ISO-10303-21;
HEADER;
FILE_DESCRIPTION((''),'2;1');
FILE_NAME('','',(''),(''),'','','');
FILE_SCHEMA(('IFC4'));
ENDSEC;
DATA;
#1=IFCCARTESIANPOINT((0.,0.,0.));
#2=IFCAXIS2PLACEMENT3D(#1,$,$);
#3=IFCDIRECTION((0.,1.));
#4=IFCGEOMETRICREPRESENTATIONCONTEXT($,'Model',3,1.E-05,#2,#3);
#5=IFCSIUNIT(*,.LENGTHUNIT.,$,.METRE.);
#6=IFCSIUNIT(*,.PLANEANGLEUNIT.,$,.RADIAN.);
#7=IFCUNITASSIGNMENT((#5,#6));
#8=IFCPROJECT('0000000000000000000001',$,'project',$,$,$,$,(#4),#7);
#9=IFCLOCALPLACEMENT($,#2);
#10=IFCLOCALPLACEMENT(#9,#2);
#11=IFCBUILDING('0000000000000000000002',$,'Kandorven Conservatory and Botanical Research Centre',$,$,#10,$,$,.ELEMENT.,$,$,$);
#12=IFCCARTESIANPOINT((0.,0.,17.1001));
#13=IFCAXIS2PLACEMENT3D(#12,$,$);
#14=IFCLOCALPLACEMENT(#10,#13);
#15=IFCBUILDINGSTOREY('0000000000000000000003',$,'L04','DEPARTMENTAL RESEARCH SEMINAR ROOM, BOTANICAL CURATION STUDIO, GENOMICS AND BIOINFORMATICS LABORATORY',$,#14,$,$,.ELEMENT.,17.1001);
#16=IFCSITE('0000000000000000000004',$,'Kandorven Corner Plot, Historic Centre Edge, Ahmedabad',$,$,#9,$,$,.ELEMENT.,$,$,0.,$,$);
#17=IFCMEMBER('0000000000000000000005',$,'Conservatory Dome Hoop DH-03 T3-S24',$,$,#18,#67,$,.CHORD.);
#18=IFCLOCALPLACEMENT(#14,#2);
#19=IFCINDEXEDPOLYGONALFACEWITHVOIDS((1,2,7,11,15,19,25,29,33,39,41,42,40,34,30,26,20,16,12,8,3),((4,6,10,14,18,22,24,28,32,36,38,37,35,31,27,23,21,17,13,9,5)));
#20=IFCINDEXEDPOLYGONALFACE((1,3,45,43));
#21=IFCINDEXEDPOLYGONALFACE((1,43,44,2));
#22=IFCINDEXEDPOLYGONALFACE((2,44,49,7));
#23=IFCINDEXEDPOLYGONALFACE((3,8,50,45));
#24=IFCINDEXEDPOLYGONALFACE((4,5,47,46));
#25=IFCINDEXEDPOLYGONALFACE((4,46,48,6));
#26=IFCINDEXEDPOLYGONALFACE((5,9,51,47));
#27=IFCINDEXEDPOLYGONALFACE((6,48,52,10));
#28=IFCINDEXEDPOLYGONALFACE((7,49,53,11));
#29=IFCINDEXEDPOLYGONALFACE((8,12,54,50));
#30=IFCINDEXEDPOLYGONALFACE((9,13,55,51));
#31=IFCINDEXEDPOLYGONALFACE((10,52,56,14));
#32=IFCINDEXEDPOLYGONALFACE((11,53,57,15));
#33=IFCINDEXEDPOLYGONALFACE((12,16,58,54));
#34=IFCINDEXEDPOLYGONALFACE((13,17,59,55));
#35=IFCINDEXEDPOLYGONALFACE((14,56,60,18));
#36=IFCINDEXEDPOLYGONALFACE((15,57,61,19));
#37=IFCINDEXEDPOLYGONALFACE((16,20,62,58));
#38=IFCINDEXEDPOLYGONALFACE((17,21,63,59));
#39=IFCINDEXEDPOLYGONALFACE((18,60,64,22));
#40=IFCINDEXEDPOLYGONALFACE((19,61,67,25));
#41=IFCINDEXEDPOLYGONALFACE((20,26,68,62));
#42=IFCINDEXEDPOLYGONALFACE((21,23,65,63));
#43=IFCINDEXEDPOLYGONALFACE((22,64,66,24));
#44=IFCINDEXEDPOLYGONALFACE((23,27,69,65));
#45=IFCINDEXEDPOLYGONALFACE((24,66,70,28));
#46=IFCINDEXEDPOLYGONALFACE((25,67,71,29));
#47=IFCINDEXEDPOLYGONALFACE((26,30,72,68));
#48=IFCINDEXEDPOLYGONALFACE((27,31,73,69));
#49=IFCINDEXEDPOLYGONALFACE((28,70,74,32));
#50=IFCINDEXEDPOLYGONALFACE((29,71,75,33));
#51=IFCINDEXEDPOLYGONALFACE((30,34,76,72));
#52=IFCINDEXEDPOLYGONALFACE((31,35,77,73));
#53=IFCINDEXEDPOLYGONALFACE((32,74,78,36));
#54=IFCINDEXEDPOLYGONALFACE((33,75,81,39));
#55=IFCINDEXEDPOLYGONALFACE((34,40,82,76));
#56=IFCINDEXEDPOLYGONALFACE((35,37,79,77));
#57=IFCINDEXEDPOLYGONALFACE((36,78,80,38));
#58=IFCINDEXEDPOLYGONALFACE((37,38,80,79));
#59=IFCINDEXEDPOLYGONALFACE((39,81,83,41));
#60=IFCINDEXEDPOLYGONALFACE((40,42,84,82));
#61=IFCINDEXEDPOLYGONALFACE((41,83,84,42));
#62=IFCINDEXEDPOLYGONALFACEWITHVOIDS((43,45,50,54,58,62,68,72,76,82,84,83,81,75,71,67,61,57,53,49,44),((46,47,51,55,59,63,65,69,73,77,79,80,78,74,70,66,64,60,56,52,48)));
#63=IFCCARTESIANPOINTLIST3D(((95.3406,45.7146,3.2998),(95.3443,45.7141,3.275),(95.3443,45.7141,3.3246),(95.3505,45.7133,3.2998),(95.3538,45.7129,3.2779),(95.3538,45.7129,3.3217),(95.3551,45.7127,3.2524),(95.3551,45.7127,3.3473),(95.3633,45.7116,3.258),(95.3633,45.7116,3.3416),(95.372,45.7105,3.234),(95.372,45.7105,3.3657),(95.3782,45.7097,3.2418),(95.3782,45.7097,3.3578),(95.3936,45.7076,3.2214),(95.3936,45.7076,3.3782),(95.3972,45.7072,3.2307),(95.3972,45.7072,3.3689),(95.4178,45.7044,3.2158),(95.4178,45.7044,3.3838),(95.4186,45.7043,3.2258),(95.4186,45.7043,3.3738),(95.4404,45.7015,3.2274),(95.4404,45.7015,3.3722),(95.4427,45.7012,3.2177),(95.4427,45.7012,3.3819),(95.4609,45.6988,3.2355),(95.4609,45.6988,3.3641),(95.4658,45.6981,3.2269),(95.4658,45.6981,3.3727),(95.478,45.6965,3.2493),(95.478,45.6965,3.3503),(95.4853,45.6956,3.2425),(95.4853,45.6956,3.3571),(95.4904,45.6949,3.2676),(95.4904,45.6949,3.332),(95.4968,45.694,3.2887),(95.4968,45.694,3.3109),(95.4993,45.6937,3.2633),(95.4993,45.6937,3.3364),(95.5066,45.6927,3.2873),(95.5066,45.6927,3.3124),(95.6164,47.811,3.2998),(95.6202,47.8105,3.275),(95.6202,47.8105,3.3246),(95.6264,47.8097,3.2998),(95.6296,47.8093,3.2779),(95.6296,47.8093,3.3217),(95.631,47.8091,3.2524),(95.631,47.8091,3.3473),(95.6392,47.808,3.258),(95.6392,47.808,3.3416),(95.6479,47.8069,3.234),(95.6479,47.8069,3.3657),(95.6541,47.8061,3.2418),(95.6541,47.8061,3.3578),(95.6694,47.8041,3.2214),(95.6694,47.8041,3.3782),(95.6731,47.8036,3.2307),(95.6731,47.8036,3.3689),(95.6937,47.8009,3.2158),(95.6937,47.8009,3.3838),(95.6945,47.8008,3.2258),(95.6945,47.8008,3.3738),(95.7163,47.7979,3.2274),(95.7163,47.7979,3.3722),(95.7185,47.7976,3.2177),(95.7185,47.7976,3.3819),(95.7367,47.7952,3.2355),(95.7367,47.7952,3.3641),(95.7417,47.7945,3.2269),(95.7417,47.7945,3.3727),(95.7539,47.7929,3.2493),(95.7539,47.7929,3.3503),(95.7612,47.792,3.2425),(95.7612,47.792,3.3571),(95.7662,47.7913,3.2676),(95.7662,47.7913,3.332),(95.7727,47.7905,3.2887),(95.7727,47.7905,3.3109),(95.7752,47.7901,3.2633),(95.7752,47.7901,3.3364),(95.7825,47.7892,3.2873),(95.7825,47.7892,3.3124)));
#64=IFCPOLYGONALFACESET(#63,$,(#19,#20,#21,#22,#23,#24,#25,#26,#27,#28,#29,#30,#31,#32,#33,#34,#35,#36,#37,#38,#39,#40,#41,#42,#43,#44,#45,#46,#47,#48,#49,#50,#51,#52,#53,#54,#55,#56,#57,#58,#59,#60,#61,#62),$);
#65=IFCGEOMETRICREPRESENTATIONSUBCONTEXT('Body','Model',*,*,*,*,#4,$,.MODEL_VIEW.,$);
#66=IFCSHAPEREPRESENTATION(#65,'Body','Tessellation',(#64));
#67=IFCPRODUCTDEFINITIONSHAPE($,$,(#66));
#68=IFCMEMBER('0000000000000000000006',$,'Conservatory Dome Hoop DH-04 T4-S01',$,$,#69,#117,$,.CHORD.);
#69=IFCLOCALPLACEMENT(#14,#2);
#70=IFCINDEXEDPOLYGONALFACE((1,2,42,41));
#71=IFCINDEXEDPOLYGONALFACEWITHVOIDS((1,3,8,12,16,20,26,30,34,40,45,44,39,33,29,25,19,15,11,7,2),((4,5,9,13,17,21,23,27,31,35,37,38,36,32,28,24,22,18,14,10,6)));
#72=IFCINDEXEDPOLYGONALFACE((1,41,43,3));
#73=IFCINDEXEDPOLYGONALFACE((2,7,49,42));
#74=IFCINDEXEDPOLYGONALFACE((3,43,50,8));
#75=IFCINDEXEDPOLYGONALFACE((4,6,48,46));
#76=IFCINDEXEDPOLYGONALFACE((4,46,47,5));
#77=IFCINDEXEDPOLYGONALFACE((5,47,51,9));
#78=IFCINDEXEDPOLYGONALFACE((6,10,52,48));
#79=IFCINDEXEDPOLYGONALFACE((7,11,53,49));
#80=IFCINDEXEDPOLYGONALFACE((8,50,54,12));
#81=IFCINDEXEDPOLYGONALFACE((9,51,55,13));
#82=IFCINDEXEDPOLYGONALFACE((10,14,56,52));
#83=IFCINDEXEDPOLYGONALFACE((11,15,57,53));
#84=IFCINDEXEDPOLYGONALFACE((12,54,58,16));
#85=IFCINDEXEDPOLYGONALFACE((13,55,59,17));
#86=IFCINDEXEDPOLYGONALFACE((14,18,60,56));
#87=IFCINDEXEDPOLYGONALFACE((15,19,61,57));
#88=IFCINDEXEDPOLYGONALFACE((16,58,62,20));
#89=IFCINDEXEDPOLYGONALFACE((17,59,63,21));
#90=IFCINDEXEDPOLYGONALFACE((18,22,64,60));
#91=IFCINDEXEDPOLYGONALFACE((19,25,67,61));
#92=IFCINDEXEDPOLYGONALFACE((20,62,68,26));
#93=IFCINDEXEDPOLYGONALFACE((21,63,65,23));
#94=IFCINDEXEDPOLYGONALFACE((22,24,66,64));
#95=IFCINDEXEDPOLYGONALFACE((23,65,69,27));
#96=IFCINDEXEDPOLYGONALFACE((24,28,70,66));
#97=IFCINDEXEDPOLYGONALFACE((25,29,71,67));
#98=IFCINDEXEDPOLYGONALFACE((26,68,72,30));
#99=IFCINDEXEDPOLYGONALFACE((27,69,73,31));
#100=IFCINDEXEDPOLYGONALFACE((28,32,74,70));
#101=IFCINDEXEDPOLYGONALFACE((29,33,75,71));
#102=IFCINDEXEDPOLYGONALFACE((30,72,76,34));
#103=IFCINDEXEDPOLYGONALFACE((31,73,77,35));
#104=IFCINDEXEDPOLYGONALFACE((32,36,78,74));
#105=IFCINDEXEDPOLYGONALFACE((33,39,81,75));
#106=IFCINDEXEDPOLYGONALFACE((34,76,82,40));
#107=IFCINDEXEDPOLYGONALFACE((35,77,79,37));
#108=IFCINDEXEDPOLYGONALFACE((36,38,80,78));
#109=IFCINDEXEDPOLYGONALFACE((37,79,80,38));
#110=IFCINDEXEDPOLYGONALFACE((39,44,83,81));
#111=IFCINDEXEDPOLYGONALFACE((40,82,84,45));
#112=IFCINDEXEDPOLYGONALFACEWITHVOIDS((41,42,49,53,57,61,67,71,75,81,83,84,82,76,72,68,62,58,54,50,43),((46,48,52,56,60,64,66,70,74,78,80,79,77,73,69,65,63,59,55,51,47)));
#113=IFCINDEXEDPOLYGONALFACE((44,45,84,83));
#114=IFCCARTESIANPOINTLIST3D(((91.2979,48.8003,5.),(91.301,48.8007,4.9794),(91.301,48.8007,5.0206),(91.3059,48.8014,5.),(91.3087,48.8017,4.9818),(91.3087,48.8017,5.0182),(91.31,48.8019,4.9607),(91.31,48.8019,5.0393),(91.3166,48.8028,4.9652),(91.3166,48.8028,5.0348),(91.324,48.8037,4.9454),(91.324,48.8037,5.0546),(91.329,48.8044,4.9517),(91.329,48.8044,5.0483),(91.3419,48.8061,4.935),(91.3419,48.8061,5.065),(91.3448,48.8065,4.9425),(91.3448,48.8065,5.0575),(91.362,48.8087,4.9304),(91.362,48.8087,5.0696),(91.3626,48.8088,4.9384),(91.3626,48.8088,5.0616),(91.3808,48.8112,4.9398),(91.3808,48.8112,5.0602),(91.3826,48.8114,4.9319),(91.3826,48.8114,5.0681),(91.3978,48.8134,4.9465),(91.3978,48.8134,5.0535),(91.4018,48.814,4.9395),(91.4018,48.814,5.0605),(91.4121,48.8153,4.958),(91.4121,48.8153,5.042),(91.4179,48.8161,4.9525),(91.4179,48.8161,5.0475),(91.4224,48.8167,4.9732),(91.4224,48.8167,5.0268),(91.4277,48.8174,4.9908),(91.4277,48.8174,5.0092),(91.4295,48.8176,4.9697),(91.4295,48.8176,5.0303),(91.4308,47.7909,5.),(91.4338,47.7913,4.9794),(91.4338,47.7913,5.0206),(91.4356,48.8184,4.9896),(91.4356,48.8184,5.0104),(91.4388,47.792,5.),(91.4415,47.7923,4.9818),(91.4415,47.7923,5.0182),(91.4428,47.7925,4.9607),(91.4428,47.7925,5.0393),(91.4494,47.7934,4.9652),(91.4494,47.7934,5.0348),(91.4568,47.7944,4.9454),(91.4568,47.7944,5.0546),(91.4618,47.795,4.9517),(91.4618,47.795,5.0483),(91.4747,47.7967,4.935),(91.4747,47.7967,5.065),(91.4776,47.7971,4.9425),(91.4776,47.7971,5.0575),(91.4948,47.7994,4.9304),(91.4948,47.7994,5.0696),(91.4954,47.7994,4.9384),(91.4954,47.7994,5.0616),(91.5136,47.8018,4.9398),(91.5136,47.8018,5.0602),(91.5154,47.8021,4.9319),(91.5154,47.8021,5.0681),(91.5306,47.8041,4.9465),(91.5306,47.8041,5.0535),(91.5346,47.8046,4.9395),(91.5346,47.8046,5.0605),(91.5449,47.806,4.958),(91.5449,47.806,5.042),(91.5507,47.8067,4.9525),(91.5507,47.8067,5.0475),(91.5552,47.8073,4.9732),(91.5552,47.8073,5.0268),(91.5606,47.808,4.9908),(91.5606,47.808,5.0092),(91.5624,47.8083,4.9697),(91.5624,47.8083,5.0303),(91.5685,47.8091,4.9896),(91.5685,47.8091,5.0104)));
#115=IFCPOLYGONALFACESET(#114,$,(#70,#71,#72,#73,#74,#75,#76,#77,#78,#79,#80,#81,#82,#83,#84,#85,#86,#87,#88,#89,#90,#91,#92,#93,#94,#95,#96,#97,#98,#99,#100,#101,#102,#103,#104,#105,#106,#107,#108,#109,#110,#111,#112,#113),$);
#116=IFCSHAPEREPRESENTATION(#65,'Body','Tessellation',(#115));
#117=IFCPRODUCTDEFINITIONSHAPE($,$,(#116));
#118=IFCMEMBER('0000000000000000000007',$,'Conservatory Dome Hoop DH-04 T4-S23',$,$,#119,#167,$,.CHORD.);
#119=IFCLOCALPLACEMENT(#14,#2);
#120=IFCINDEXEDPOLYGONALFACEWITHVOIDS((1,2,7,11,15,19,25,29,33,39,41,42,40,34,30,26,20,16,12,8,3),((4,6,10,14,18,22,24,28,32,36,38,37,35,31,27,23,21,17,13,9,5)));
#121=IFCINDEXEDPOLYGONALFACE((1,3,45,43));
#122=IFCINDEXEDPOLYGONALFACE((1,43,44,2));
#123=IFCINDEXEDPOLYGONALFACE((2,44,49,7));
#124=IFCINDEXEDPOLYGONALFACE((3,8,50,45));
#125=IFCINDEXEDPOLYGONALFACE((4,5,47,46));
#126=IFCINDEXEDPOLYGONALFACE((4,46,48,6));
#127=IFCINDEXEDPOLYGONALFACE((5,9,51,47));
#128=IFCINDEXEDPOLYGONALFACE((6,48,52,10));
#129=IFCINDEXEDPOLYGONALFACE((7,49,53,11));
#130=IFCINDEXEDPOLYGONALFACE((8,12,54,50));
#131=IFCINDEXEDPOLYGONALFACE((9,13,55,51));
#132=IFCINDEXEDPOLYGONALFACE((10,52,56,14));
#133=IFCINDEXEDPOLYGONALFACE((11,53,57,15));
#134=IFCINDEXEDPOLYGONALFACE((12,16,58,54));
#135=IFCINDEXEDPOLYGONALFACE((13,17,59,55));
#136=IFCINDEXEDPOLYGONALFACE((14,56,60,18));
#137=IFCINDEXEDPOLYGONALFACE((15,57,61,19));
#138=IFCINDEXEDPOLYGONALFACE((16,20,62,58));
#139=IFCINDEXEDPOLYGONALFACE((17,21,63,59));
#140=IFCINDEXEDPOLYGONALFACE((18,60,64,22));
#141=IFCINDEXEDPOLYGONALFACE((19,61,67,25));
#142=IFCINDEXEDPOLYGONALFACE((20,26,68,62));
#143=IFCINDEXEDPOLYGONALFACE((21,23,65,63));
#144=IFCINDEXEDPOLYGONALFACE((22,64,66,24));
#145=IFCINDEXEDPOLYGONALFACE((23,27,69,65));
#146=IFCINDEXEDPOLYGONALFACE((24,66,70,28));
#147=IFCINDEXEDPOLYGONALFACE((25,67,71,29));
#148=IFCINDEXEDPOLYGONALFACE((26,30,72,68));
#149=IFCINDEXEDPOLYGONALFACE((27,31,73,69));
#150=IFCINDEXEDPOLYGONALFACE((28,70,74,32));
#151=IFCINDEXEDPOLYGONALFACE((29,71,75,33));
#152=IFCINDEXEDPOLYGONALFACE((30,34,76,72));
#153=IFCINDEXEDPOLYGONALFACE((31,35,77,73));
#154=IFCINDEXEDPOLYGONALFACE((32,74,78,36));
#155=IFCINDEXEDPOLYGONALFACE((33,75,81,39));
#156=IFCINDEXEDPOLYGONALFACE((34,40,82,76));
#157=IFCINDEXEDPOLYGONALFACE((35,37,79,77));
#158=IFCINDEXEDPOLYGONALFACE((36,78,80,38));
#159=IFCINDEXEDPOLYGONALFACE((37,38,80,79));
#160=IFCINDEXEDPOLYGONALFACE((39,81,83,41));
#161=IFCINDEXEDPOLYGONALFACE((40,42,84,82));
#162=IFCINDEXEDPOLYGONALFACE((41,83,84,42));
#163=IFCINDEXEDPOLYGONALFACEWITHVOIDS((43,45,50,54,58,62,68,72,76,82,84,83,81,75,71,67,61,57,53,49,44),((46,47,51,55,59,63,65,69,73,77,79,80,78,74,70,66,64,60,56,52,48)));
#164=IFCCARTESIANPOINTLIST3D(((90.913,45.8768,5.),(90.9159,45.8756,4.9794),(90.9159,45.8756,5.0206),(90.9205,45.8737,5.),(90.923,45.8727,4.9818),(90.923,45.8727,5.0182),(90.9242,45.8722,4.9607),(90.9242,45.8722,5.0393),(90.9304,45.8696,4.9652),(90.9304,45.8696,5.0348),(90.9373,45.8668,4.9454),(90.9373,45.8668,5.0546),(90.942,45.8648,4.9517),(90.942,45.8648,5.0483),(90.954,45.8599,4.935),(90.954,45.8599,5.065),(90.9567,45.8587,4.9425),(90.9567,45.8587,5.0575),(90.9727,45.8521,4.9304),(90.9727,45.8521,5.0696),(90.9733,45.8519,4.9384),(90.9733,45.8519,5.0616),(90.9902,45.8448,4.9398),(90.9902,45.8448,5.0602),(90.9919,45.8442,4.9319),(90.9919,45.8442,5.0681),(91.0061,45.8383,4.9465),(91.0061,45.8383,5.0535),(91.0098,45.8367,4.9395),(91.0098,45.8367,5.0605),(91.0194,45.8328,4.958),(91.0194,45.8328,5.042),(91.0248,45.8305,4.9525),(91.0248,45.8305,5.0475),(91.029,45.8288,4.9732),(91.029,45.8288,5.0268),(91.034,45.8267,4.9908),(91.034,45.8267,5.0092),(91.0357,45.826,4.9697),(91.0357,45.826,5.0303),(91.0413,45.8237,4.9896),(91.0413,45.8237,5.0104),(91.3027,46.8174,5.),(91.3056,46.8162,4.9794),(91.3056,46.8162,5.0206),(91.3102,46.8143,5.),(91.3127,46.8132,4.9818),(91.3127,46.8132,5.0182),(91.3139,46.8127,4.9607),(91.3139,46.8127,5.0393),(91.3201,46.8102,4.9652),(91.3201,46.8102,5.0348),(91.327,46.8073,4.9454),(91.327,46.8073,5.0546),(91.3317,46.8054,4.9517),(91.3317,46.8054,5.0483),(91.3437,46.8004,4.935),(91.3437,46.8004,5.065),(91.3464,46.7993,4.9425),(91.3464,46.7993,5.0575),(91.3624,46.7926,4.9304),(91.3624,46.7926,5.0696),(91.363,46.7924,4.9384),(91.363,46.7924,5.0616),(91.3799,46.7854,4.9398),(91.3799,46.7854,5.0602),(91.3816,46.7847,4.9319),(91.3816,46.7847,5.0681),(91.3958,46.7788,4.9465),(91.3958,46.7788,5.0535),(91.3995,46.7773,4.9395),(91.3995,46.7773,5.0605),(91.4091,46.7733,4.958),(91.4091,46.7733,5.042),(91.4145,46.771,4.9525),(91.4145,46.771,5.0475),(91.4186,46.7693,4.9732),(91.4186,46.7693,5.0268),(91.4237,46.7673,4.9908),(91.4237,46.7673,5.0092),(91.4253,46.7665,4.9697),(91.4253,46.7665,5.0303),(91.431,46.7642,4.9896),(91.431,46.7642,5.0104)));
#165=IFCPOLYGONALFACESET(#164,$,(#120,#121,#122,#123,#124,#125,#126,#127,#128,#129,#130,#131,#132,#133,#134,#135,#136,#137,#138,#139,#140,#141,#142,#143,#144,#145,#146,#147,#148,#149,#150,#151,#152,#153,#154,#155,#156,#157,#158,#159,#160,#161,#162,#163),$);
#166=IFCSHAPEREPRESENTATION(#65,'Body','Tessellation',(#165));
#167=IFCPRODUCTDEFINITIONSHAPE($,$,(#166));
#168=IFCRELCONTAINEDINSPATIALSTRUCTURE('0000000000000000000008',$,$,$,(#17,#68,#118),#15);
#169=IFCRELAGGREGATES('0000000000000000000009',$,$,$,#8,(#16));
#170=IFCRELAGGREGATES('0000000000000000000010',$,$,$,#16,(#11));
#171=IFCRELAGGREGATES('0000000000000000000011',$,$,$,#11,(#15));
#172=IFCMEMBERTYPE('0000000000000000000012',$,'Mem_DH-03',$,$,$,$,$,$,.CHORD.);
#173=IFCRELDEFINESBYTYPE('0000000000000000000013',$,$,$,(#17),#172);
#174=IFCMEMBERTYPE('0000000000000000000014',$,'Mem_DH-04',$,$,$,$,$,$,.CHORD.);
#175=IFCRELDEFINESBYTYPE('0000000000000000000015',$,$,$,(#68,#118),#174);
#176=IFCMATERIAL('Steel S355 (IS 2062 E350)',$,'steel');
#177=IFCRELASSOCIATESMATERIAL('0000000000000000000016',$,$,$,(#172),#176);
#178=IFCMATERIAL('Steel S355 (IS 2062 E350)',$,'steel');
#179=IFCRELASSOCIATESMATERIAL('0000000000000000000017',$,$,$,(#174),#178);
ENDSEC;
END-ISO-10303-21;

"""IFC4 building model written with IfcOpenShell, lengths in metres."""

from ifc_helpers import new_model, si_unit, direction, frame, origin, origin_2d, place, context, subcontext, project, spatial, hollow_circle, extrude, material, material_profile, profile_set, type_object, element, save


model = new_model("IFC4")

# Units and contexts
model_context = context("Model", 3, precision=1e-05, world=origin(), true_north=direction((0.0, 1.0)))
body_context = subcontext(model_context, "Body", "Model", "MODEL_VIEW")
ifc_project = project(units=[si_unit("LENGTHUNIT", "METRE"), si_unit("PLANEANGLEUNIT", "RADIAN")], contexts=[model_context])

# Site, building, storey
site_placement = place(None, origin())
site = spatial("IfcSite", under=ifc_project, at=site_placement, Name="Kandorven Corner Plot, Historic Centre Edge, Ahmedabad", CompositionType="ELEMENT", RefElevation=0.0)
building_placement = place(site_placement, origin())
building = spatial("IfcBuilding", under=site, at=building_placement, Name="Kandorven Conservatory and Botanical Research Centre", CompositionType="ELEMENT")
storey_placement = place(building_placement, frame((0.0, 0.0, 17.1001)))
storey = spatial("IfcBuildingStorey", under=building, at=storey_placement, Name="L04", Description="DEPARTMENTAL RESEARCH SEMINAR ROOM, BOTANICAL CURATION STUDIO, GENOMICS AND BIOINFORMATICS LABORATORY", CompositionType="ELEMENT", Elevation=17.1001)

# Members
ifc_material_1 = material(Name="Steel S355 (IS 2062 E350)", Category="steel")
ifc_material_profile_1 = material_profile(ifc_material_1, hollow_circle(Radius=0.0842, WallThickness=0.01, at=origin_2d()))
ifc_profile_set_1 = profile_set([ifc_material_profile_1], Name="Steel S355 (IS 2062 E350)")
member_type_1 = type_object("IfcMemberType", Name="Mem_DH-03", PredefinedType="CHORD", material=ifc_profile_set_1)
member_1_placement = place(storey_placement, frame((95.4241, 45.7036, 3.2998), z_axis=(0.130469, 0.991452, 0.0), x_axis=(-0.991452, 0.130469, 0.0)))
element("IfcMember", 1, at=member_1_placement, inside=storey, type_object=member_type_1, Name="Conservatory Dome Hoop DH-03 T3-S24", PredefinedType="CHORD", context=body_context, shape_type="SweptSolid", body=[
    extrude(hollow_circle(Radius=0.0842, WallThickness=0.01, at=origin_2d()), origin(), (0.0, 0.0, 1.0), 2.1145),
])
ifc_material_2 = material(Name="Steel S355 (IS 2062 E350)", Category="steel")
ifc_material_profile_2 = material_profile(ifc_material_2, hollow_circle(Radius=0.0698, WallThickness=0.0081, at=origin_2d()))
ifc_profile_set_2 = profile_set([ifc_material_profile_2], Name="Steel S355 (IS 2062 E350)")
member_type_2 = type_object("IfcMemberType", Name="Mem_DH-04", PredefinedType="CHORD", material=ifc_profile_set_2)
for number, where, z_axis, x_axis, name in (
    (2, (91.5, 47.8, 5.0), (-0.130467, 0.991453, 0.0), (-0.991453, -0.130467, 0.0), "Conservatory Dome Hoop DH-04 T4-S01"),
    (3, (90.9775, 45.8501, 5.0), (0.382775, 0.923841, 0.0), (-0.923841, 0.382775, 0.0), "Conservatory Dome Hoop DH-04 T4-S23"),
):
    element("IfcMember", number, at=place(storey_placement, frame(where, z_axis=z_axis, x_axis=x_axis)), inside=storey, type_object=member_type_2, Name=name, PredefinedType="CHORD", context=body_context, shape_type="SweptSolid", body=[
        extrude(hollow_circle(Radius=0.0698, WallThickness=0.0081, at=origin_2d()), origin(), (0.0, 0.0, 1.0), 1.0181),
    ])

save(model, "model.ifc")
